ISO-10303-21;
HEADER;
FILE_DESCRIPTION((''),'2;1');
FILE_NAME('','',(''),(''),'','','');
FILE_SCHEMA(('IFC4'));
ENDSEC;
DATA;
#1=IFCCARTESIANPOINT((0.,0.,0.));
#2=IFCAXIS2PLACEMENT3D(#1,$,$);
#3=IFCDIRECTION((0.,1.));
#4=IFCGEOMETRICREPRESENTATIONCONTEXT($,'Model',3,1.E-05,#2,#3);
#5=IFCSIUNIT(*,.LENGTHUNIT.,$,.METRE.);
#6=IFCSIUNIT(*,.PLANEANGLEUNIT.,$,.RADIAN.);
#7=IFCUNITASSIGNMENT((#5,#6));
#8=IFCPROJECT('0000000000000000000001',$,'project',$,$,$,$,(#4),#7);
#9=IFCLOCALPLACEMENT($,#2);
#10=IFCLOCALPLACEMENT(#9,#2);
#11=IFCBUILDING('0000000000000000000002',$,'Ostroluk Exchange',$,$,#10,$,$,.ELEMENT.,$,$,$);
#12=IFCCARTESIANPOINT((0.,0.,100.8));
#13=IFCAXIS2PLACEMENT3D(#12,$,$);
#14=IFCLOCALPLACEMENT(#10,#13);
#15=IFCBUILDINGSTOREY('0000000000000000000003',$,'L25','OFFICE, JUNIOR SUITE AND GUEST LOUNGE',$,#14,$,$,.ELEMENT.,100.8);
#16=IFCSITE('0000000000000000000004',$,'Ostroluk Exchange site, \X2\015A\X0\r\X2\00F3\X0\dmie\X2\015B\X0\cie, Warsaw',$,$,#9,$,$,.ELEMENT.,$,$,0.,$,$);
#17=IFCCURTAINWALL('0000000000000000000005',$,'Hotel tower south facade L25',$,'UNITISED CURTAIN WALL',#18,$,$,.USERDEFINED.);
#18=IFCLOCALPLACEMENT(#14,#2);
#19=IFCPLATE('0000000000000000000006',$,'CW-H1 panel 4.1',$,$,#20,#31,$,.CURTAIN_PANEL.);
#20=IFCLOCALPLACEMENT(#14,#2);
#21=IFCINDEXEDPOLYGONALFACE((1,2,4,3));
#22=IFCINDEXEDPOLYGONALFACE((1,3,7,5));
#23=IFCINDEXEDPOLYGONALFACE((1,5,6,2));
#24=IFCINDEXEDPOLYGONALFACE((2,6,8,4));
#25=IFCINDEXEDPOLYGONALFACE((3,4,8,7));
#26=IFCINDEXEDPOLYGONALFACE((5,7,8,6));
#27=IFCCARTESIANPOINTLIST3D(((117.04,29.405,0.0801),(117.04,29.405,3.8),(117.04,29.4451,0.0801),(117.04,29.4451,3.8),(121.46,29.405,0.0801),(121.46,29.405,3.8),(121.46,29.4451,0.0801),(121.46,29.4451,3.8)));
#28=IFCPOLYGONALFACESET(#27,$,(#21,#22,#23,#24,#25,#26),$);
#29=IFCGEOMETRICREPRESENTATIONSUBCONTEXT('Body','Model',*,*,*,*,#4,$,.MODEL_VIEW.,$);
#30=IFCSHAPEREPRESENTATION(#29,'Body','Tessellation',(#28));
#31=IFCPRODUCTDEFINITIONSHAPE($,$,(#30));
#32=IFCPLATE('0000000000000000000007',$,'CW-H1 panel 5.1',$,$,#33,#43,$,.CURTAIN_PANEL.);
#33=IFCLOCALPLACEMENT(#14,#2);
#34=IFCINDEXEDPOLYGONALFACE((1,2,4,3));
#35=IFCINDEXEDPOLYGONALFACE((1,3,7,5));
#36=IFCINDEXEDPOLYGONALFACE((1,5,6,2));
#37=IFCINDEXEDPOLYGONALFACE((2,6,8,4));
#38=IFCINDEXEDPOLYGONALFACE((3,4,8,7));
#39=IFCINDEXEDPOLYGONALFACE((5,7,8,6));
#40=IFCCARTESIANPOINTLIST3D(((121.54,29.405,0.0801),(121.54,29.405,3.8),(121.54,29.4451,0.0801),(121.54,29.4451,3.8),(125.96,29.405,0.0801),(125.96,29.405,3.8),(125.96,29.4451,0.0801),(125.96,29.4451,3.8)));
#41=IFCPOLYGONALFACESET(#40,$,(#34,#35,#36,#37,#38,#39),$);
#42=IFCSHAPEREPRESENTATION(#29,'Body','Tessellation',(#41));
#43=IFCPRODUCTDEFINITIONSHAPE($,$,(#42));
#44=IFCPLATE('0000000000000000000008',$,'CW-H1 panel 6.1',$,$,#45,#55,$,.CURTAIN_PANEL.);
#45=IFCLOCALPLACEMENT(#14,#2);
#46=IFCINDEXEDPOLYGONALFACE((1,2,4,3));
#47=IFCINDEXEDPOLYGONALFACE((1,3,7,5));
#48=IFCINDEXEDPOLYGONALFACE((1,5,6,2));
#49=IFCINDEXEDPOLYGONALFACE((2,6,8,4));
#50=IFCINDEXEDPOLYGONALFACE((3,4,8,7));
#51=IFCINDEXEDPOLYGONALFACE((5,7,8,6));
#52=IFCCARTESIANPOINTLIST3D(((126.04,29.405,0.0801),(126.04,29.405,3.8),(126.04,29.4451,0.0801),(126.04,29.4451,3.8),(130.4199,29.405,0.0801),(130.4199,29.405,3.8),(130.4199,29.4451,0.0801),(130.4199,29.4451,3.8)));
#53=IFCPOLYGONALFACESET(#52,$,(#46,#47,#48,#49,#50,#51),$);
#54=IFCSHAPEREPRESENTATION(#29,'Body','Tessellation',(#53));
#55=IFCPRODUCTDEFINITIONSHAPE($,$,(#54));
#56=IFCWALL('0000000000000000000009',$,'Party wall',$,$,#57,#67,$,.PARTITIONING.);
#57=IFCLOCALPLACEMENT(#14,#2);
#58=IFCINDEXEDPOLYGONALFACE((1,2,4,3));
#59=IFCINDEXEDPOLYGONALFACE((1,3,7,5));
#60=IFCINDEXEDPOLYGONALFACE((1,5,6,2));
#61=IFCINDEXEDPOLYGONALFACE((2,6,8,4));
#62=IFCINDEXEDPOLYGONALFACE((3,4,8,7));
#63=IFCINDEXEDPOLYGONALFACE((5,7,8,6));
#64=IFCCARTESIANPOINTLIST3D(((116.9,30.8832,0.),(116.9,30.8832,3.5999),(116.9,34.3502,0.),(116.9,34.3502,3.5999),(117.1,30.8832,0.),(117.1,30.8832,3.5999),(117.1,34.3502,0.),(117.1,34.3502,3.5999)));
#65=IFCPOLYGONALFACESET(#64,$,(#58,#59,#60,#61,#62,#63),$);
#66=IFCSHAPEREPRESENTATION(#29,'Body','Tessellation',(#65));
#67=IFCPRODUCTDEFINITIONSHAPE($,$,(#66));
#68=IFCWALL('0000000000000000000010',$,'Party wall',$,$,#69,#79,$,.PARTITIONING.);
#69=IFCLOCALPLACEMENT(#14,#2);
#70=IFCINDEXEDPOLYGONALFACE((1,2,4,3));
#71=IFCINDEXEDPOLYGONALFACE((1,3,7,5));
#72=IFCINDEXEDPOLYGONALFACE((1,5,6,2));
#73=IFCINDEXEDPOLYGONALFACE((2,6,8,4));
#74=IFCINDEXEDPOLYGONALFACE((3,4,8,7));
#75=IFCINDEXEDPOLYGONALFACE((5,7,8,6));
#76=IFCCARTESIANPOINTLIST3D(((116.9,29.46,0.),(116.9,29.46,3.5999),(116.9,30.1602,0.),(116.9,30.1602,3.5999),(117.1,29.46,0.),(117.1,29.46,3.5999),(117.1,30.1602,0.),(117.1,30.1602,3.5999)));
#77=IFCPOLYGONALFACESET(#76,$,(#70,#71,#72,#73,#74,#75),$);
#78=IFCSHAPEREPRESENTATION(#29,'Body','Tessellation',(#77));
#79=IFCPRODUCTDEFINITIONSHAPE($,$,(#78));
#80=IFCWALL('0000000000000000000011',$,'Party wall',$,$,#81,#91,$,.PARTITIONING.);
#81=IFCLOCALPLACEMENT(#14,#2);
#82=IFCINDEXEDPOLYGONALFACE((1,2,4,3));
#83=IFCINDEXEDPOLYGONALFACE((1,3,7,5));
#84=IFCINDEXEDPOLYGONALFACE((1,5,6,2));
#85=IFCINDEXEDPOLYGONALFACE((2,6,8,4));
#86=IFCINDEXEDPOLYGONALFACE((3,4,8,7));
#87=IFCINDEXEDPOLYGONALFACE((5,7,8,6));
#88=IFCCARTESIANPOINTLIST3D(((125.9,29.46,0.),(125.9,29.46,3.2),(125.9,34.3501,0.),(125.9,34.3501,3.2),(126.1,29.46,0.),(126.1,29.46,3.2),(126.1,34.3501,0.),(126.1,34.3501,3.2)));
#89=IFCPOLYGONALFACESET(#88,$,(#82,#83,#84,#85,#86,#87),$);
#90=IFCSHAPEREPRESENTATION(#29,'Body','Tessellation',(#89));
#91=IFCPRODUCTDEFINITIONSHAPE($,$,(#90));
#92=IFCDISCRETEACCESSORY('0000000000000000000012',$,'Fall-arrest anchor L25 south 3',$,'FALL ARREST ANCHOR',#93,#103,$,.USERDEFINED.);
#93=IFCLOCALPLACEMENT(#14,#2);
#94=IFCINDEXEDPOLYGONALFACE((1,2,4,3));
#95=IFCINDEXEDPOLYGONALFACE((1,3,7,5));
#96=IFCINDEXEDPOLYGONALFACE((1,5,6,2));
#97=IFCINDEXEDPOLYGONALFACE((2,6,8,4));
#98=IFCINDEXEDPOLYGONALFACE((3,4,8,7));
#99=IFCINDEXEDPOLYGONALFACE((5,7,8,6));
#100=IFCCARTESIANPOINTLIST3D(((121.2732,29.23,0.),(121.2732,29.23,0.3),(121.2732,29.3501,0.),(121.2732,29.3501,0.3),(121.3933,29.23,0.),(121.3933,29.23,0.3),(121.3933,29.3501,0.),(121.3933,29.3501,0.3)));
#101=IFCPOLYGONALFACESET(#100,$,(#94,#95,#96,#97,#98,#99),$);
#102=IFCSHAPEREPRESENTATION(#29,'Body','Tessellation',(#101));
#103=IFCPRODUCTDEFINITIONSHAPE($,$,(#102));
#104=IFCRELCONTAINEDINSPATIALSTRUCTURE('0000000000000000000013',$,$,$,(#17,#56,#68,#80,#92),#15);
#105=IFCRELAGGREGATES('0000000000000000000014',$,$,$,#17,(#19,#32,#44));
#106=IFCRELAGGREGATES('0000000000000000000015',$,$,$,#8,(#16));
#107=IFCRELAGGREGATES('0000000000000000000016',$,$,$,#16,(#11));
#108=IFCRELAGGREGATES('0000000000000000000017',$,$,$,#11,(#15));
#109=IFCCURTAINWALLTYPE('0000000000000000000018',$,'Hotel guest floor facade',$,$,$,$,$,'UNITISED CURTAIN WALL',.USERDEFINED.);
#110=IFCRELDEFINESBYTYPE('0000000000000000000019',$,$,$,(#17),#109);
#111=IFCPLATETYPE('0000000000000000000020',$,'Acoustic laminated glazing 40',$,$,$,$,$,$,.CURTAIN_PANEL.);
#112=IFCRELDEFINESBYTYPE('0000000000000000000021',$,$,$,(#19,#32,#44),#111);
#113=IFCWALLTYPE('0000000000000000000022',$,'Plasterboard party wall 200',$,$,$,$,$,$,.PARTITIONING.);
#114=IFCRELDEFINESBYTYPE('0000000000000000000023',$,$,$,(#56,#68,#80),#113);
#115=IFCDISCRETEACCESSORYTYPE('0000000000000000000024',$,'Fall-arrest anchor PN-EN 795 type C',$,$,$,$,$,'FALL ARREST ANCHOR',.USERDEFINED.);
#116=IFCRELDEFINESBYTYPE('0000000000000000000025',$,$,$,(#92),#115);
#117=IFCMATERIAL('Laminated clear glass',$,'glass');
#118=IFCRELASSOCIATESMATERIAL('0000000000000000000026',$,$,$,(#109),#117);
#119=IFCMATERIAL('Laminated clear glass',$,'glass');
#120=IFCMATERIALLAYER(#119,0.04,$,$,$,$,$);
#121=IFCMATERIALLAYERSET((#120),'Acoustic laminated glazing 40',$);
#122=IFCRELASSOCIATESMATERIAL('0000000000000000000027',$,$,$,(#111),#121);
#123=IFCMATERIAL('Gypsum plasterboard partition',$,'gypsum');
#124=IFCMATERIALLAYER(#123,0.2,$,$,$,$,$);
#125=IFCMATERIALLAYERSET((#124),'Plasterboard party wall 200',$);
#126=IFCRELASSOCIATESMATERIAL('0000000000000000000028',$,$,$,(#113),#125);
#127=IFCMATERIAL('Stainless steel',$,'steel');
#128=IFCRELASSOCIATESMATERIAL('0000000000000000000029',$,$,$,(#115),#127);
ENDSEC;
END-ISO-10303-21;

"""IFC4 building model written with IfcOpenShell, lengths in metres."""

from ifc_helpers import new_model, si_unit, direction, frame, frame_2d, origin, origin_2d, place, context, subcontext, project, spatial, rectangle, extrude, material, layer, layer_set, type_object, element, aggregate, save


model = new_model("IFC4")

# Units and contexts
model_context = context("Model", 3, precision=1e-05, world=origin(), true_north=direction((0.0, 1.0)))
body_context = subcontext(model_context, "Body", "Model", "MODEL_VIEW")
ifc_project = project(units=[si_unit("LENGTHUNIT", "METRE"), si_unit("PLANEANGLEUNIT", "RADIAN")], contexts=[model_context])

# Site, building, storey
site_placement = place(None, origin())
site = spatial("IfcSite", under=ifc_project, at=site_placement, Name="Ostroluk Exchange site, Śródmieście, Warsaw", CompositionType="ELEMENT", RefElevation=0.0)
building_placement = place(site_placement, origin())
building = spatial("IfcBuilding", under=site, at=building_placement, Name="Ostroluk Exchange", CompositionType="ELEMENT")
storey_placement = place(building_placement, frame((0.0, 0.0, 100.8)))
storey = spatial("IfcBuildingStorey", under=building, at=storey_placement, Name="L25", Description="OFFICE, JUNIOR SUITE AND GUEST LOUNGE", CompositionType="ELEMENT", Elevation=100.8)

# Curtain wall, plates
ifc_material_1 = material(Name="Laminated clear glass", Category="glass")
curtain_wall_type = type_object("IfcCurtainWallType", Name="Hotel guest floor facade", ElementType="UNITISED CURTAIN WALL", PredefinedType="USERDEFINED", material=ifc_material_1)
curtain_wall_placement = place(storey_placement, origin())
curtain_wall = element("IfcCurtainWall", 1, at=curtain_wall_placement, inside=storey, type_object=curtain_wall_type, Name="Hotel tower south facade L25", ObjectType="UNITISED CURTAIN WALL", PredefinedType="USERDEFINED")
ifc_material_2 = material(Name="Laminated clear glass", Category="glass")
ifc_layer_1 = layer(ifc_material_2, 0.04)
ifc_layer_set_1 = layer_set([ifc_layer_1], Name="Acoustic laminated glazing 40")
plate_type = type_object("IfcPlateType", Name="Acoustic laminated glazing 40", PredefinedType="CURTAIN_PANEL", material=ifc_layer_set_1)
plate_1_placement = place(storey_placement, frame((119.25, 29.425, 0.0801), z_axis=(0.0, 0.0, 1.0), x_axis=(1.0, 0.0, 0.0)))
plate_1 = element("IfcPlate", 2, at=plate_1_placement, type_object=plate_type, Name="CW-H1 panel 4.1", PredefinedType="CURTAIN_PANEL", context=body_context, shape_type="SweptSolid", body=[
    extrude(rectangle(XDim=4.4199, YDim=0.04, at=origin_2d()), origin(), (0.0, 0.0, 1.0), 3.72),
])
plate_2_placement = place(storey_placement, frame((123.75, 29.425, 0.0801), z_axis=(0.0, 0.0, 1.0), x_axis=(1.0, 0.0, 0.0)))
plate_2 = element("IfcPlate", 3, at=plate_2_placement, type_object=plate_type, Name="CW-H1 panel 5.1", PredefinedType="CURTAIN_PANEL", context=body_context, shape_type="SweptSolid", body=[
    extrude(rectangle(XDim=4.4199, YDim=0.04, at=origin_2d()), origin(), (0.0, 0.0, 1.0), 3.72),
])
plate_3_placement = place(storey_placement, frame((128.23, 29.425, 0.0801), z_axis=(0.0, 0.0, 1.0), x_axis=(1.0, 0.0, 0.0)))
plate_3 = element("IfcPlate", 4, at=plate_3_placement, type_object=plate_type, Name="CW-H1 panel 6.1", PredefinedType="CURTAIN_PANEL", context=body_context, shape_type="SweptSolid", body=[
    extrude(rectangle(XDim=4.3799, YDim=0.04, at=origin_2d()), origin(), (0.0, 0.0, 1.0), 3.72),
])
aggregate(curtain_wall, [plate_1, plate_2, plate_3])

# Walls
ifc_material_3 = material(Name="Gypsum plasterboard partition", Category="gypsum")
ifc_layer_2 = layer(ifc_material_3, 0.2)
ifc_layer_set_2 = layer_set([ifc_layer_2], Name="Plasterboard party wall 200")
wall_type = type_object("IfcWallType", Name="Plasterboard party wall 200", PredefinedType="PARTITIONING", material=ifc_layer_set_2)
wall_1_placement = place(storey_placement, frame((117.0, 34.3501, 0.0), z_axis=(0.0, 0.0, 1.0), x_axis=(0.0, -1.0, 0.0)))
element("IfcWall", 5, at=wall_1_placement, inside=storey, type_object=wall_type, Name="Party wall", PredefinedType="PARTITIONING", context=body_context, shape_type="SweptSolid", body=[
    extrude(rectangle(XDim=3.467, YDim=0.2, at=frame_2d((1.7334, 0.0))), origin(), (0.0, 0.0, 1.0), 3.5999),
])
wall_2_placement = place(storey_placement, frame((117.0, 30.1602, 0.0), z_axis=(0.0, 0.0, 1.0), x_axis=(0.0, -1.0, 0.0)))
element("IfcWall", 6, at=wall_2_placement, inside=storey, type_object=wall_type, Name="Party wall", PredefinedType="PARTITIONING", context=body_context, shape_type="SweptSolid", body=[
    extrude(rectangle(XDim=0.7002, YDim=0.2, at=frame_2d((0.3501, 0.0))), origin(), (0.0, 0.0, 1.0), 3.5999),
])
wall_3_placement = place(storey_placement, frame((126.0, 34.3501, 0.0), z_axis=(0.0, 0.0, 1.0), x_axis=(0.0, -1.0, 0.0)))
element("IfcWall", 7, at=wall_3_placement, inside=storey, type_object=wall_type, Name="Party wall", PredefinedType="PARTITIONING", context=body_context, shape_type="SweptSolid", body=[
    extrude(rectangle(XDim=4.8901, YDim=0.2, at=frame_2d((2.4451, 0.0))), origin(), (0.0, 0.0, 1.0), 3.2),
])

# Discrete accessory
ifc_material_4 = material(Name="Stainless steel", Category="steel")
discrete_accessory_type = type_object("IfcDiscreteAccessoryType", Name="Fall-arrest anchor PN-EN 795 type C", ElementType="FALL ARREST ANCHOR", PredefinedType="USERDEFINED", material=ifc_material_4)
discrete_accessory_placement = place(storey_placement, frame((121.3333, 29.29, 0.0), z_axis=(0.0, 0.0, 1.0), x_axis=(1.0, 0.0, 0.0)))
element("IfcDiscreteAccessory", 8, at=discrete_accessory_placement, inside=storey, type_object=discrete_accessory_type, Name="Fall-arrest anchor L25 south 3", ObjectType="FALL ARREST ANCHOR", PredefinedType="USERDEFINED", context=body_context, shape_type="SweptSolid", body=[
    extrude(rectangle(XDim=0.1201, YDim=0.1201, at=origin_2d()), origin(), (0.0, 0.0, 1.0), 0.3),
])

save(model, "model.ifc")
